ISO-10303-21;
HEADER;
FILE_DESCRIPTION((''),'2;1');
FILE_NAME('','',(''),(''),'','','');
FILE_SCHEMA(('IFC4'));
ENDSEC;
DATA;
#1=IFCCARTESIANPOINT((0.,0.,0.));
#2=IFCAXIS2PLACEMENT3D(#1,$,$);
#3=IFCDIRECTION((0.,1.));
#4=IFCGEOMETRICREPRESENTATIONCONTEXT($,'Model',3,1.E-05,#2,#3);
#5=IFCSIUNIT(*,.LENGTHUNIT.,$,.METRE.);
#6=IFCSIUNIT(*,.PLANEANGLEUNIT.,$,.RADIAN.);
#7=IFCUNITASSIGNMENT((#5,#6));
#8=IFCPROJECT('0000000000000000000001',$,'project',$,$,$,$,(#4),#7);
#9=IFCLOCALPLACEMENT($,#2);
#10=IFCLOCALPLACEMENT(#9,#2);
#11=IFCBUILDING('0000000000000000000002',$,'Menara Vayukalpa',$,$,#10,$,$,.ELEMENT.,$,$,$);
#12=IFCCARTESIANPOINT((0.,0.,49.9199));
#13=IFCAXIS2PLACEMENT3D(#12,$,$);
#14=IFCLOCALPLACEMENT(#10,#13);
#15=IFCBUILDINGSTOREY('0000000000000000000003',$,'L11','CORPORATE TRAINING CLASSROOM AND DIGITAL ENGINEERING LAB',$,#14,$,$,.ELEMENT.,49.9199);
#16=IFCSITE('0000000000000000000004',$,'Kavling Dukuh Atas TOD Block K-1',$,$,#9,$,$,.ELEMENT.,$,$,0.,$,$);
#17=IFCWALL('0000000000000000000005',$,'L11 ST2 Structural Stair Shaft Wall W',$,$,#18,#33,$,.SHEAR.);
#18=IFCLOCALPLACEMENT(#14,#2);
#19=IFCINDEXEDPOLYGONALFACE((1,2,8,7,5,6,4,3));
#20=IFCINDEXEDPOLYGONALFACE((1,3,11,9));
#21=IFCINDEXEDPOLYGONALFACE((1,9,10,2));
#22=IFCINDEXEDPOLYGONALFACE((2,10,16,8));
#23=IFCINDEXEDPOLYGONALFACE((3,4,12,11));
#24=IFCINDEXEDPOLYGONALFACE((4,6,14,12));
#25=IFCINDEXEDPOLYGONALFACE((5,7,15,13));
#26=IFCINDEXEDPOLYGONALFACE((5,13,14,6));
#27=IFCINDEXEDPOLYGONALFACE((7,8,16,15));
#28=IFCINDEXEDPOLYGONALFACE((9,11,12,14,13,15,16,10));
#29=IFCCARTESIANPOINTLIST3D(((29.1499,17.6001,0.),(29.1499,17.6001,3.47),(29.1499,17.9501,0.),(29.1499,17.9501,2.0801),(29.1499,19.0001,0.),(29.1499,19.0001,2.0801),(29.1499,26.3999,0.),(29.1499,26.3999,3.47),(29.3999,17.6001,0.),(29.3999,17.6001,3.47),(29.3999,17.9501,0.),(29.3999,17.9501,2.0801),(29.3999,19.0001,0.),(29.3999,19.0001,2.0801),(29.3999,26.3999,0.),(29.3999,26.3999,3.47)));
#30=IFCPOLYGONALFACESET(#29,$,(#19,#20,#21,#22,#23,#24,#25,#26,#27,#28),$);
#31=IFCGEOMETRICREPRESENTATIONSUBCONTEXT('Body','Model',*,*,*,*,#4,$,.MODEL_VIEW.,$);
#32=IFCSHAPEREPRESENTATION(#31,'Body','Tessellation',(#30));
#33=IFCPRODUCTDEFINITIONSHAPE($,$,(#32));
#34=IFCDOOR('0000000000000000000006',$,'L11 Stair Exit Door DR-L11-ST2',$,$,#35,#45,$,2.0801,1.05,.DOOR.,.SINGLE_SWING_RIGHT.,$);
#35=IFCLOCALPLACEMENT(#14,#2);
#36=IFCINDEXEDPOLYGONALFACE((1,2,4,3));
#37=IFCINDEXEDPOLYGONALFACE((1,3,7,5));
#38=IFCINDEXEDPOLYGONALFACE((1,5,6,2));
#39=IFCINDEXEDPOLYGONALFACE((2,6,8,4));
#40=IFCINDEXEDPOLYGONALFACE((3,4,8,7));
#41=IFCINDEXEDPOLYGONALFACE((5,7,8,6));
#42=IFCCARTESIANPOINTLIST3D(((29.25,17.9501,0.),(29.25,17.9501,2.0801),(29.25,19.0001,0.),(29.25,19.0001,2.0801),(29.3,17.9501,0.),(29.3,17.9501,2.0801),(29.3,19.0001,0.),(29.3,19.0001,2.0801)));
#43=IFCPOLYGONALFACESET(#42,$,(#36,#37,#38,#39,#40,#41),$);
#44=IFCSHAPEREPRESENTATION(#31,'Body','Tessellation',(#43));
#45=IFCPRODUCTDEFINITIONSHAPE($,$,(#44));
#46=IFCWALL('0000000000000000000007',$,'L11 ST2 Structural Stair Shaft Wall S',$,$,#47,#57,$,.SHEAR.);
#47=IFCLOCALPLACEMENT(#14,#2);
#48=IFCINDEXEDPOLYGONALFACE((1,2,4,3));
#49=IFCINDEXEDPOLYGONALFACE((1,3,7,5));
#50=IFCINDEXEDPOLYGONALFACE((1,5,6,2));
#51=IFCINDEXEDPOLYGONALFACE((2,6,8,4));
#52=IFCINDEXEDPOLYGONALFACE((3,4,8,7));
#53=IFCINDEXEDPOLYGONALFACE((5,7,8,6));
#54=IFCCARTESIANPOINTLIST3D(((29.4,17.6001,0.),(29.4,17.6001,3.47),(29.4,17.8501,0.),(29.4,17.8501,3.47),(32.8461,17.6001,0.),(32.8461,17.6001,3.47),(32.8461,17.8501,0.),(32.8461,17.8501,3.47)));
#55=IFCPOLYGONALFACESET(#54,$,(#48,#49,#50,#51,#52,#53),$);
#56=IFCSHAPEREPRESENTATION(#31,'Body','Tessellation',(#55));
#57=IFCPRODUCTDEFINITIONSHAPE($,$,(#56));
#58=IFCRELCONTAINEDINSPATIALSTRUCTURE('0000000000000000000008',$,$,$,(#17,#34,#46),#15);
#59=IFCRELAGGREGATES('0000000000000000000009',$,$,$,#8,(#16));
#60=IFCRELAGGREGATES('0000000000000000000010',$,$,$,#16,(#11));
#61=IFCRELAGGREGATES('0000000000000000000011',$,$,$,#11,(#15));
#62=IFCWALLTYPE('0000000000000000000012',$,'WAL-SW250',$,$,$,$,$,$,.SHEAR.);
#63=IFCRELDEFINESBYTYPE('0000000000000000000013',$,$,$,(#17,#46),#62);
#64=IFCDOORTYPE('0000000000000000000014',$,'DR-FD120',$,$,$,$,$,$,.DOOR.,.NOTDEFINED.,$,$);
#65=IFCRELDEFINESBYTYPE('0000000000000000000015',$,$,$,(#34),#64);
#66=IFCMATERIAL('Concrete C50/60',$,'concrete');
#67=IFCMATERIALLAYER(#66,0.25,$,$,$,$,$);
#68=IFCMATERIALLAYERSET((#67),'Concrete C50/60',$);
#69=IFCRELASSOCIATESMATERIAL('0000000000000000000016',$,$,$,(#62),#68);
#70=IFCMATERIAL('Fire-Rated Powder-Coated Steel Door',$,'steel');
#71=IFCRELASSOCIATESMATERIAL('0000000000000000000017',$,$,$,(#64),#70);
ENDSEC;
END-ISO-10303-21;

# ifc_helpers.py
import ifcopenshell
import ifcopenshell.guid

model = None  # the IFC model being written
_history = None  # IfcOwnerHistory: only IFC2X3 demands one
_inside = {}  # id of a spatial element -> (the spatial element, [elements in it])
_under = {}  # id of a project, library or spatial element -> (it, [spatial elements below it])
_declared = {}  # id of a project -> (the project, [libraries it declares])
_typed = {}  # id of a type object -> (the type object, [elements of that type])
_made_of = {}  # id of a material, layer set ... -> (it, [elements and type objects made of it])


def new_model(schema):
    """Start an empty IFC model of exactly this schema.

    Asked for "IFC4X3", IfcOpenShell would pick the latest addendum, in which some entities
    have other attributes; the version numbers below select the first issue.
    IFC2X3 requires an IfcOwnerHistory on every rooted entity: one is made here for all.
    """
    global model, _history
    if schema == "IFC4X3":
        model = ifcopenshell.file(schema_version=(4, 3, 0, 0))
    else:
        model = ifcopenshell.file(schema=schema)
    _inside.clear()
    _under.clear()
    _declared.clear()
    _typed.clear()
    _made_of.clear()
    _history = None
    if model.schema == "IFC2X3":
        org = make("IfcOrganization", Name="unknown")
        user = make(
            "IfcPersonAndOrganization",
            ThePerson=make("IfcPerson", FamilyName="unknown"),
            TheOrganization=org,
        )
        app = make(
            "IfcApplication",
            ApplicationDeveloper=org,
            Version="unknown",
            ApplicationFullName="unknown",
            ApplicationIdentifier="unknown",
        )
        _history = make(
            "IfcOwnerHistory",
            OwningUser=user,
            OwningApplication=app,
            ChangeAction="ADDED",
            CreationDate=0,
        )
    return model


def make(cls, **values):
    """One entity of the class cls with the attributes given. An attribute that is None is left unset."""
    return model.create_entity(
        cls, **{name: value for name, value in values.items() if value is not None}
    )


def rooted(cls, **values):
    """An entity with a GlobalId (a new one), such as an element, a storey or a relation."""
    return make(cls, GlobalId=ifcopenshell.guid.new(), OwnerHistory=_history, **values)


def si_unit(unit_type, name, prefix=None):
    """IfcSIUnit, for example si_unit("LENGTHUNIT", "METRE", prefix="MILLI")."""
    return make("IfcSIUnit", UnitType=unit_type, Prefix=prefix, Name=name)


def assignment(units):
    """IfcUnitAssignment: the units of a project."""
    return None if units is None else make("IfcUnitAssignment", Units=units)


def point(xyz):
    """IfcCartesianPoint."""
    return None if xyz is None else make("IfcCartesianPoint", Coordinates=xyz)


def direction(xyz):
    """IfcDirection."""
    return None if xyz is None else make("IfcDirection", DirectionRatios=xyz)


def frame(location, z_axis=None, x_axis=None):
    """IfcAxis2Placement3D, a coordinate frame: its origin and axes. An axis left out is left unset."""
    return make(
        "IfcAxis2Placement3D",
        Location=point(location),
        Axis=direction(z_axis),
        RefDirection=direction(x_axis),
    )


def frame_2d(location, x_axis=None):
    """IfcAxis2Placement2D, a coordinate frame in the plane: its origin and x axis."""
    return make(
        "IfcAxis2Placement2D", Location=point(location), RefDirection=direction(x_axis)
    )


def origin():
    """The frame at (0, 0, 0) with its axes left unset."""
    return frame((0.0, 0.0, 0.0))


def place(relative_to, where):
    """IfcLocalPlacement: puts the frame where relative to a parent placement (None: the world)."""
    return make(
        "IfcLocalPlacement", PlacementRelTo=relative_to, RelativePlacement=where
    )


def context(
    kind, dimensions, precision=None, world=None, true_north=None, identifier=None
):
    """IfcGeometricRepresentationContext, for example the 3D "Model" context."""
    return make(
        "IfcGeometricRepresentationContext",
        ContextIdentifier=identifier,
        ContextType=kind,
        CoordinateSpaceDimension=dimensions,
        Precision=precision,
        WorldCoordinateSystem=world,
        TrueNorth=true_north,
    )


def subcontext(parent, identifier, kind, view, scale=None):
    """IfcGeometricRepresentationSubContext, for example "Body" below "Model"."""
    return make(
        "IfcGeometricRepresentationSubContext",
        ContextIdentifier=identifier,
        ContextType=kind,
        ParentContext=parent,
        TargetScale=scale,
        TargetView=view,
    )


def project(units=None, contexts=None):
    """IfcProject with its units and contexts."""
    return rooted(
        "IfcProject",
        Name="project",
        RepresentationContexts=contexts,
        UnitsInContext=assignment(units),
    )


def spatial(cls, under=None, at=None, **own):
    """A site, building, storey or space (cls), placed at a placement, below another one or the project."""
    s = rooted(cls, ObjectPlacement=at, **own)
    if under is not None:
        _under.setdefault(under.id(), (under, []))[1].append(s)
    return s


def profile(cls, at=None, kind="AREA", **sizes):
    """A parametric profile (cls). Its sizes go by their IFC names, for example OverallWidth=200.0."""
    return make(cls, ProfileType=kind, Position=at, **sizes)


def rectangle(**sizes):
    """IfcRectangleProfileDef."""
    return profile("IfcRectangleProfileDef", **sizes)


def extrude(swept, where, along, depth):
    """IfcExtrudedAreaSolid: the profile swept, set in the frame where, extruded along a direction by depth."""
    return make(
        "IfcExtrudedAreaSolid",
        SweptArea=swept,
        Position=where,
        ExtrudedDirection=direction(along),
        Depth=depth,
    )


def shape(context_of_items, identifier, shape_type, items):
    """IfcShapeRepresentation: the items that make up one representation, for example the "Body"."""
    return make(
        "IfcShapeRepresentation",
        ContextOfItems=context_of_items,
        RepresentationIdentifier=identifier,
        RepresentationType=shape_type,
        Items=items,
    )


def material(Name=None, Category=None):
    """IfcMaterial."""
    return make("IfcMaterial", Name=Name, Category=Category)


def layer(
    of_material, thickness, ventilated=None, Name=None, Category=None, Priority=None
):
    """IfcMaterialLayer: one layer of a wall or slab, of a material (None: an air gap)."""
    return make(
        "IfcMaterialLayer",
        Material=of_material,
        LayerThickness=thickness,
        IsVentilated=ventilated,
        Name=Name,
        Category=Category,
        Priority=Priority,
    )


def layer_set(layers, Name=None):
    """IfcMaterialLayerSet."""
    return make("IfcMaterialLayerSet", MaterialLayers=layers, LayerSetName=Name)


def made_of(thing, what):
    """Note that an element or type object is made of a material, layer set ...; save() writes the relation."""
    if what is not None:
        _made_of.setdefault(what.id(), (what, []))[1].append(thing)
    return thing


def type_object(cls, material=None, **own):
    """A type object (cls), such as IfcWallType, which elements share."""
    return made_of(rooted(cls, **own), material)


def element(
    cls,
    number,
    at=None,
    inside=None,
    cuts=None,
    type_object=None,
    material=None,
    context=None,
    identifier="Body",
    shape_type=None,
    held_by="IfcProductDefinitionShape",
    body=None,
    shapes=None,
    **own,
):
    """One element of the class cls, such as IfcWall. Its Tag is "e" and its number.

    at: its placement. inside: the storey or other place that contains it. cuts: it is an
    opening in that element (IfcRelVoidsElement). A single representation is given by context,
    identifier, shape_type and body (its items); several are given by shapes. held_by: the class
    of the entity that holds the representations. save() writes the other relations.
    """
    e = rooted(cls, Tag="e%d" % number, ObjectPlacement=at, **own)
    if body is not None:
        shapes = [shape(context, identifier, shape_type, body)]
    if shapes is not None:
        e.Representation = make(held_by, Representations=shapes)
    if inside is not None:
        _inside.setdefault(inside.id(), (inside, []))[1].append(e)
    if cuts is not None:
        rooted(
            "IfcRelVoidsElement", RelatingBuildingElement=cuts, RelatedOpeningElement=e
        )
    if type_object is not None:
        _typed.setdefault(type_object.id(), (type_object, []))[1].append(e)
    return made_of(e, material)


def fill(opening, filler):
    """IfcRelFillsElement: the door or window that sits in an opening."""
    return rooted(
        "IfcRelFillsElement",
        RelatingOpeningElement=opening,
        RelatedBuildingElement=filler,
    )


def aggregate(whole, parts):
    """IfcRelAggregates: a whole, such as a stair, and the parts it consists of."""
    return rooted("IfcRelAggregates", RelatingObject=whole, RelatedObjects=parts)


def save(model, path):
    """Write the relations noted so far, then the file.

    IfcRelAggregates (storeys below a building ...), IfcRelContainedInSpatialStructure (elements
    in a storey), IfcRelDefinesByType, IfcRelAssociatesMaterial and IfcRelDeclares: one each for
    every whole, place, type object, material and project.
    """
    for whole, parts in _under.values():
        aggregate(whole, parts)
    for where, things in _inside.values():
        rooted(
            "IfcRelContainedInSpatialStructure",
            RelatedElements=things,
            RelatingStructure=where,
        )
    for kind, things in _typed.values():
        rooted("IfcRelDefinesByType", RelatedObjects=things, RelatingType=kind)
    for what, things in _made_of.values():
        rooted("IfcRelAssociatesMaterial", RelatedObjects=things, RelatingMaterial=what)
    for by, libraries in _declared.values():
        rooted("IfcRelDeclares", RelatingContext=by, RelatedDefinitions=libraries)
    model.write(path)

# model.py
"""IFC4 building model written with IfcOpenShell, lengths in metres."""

from ifc_helpers import new_model, si_unit, direction, frame, frame_2d, origin, place, context, subcontext, project, spatial, rectangle, extrude, material, layer, layer_set, type_object, element, fill, save


model = new_model("IFC4")

# Units and contexts
model_context = context("Model", 3, precision=1e-05, world=origin(), true_north=direction((0.0, 1.0)))
body_context = subcontext(model_context, "Body", "Model", "MODEL_VIEW")
ifc_project = project(units=[si_unit("LENGTHUNIT", "METRE"), si_unit("PLANEANGLEUNIT", "RADIAN")], contexts=[model_context])

# Site, building, storey
site_placement = place(None, origin())
site = spatial("IfcSite", under=ifc_project, at=site_placement, Name="Kavling Dukuh Atas TOD Block K-1", CompositionType="ELEMENT", RefElevation=0.0)
building_placement = place(site_placement, origin())
building = spatial("IfcBuilding", under=site, at=building_placement, Name="Menara Vayukalpa", CompositionType="ELEMENT")
storey_placement = place(building_placement, frame((0.0, 0.0, 49.9199)))
storey = spatial("IfcBuildingStorey", under=building, at=storey_placement, Name="L11", Description="CORPORATE TRAINING CLASSROOM AND DIGITAL ENGINEERING LAB", CompositionType="ELEMENT", Elevation=49.9199)

# Wall, opening, door
ifc_material_1 = material(Name="Concrete C50/60", Category="concrete")
ifc_layer_1 = layer(ifc_material_1, 0.25)
ifc_layer_set_1 = layer_set([ifc_layer_1], Name="Concrete C50/60")
wall_type_1 = type_object("IfcWallType", Name="WAL-SW250", PredefinedType="SHEAR", material=ifc_layer_set_1)
wall_1_placement = place(storey_placement, frame((29.2749, 17.6001, 0.0), z_axis=(0.0, 0.0, 1.0), x_axis=(0.0, 1.0, 0.0)))
wall_1 = element("IfcWall", 1, at=wall_1_placement, inside=storey, type_object=wall_type_1, Name="L11 ST2 Structural Stair Shaft Wall W", PredefinedType="SHEAR", context=body_context, shape_type="SweptSolid", body=[
    extrude(rectangle(XDim=8.7998, YDim=0.25, at=frame_2d((4.3999, 0.0))), origin(), (0.0, 0.0, 1.0), 3.47),
])
opening_1_placement = place(wall_1_placement, frame((0.3501, 0.0, 0.0)))
opening_1 = element("IfcOpeningElement", 2, at=opening_1_placement, cuts=wall_1, PredefinedType="OPENING", context=body_context, shape_type="SweptSolid", body=[
    extrude(rectangle(XDim=1.05, YDim=2.0801, at=frame_2d((0.5249, 1.04))), frame((0.0, 0.135, 0.0), z_axis=(0.0, -1.0, 0.0), x_axis=(1.0, 0.0, 0.0)), (0.0, 0.0, 1.0), 0.27),
])
ifc_material_2 = material(Name="Fire-Rated Powder-Coated Steel Door", Category="steel")
door_type_1 = type_object("IfcDoorType", Name="DR-FD120", OperationType="NOTDEFINED", PredefinedType="DOOR", material=ifc_material_2)
door_1_placement = place(opening_1_placement, origin())
door_1 = element("IfcDoor", 3, at=door_1_placement, inside=storey, type_object=door_type_1, Name="L11 Stair Exit Door DR-L11-ST2", OperationType="SINGLE_SWING_RIGHT", OverallHeight=2.0801, OverallWidth=1.05, PredefinedType="DOOR", context=body_context, shape_type="SweptSolid", body=[
    extrude(rectangle(XDim=1.05, YDim=2.0801, at=frame_2d((0.5249, 1.04))), frame((0.0, 0.0249, 0.0), z_axis=(0.0, -1.0, 0.0), x_axis=(1.0, 0.0, 0.0)), (0.0, 0.0, 1.0), 0.05),
])
fill(opening_1, door_1)

# Wall
wall_2_placement = place(storey_placement, frame((29.3999, 17.7251, 0.0), z_axis=(0.0, 0.0, 1.0), x_axis=(1.0, 0.0, 0.0)))
element("IfcWall", 4, at=wall_2_placement, inside=storey, type_object=wall_type_1, Name="L11 ST2 Structural Stair Shaft Wall S", PredefinedType="SHEAR", context=body_context, shape_type="SweptSolid", body=[
    extrude(rectangle(XDim=3.446, YDim=0.25, at=frame_2d((1.7231, 0.0))), origin(), (0.0, 0.0, 1.0), 3.47),
])

save(model, "model.ifc")
